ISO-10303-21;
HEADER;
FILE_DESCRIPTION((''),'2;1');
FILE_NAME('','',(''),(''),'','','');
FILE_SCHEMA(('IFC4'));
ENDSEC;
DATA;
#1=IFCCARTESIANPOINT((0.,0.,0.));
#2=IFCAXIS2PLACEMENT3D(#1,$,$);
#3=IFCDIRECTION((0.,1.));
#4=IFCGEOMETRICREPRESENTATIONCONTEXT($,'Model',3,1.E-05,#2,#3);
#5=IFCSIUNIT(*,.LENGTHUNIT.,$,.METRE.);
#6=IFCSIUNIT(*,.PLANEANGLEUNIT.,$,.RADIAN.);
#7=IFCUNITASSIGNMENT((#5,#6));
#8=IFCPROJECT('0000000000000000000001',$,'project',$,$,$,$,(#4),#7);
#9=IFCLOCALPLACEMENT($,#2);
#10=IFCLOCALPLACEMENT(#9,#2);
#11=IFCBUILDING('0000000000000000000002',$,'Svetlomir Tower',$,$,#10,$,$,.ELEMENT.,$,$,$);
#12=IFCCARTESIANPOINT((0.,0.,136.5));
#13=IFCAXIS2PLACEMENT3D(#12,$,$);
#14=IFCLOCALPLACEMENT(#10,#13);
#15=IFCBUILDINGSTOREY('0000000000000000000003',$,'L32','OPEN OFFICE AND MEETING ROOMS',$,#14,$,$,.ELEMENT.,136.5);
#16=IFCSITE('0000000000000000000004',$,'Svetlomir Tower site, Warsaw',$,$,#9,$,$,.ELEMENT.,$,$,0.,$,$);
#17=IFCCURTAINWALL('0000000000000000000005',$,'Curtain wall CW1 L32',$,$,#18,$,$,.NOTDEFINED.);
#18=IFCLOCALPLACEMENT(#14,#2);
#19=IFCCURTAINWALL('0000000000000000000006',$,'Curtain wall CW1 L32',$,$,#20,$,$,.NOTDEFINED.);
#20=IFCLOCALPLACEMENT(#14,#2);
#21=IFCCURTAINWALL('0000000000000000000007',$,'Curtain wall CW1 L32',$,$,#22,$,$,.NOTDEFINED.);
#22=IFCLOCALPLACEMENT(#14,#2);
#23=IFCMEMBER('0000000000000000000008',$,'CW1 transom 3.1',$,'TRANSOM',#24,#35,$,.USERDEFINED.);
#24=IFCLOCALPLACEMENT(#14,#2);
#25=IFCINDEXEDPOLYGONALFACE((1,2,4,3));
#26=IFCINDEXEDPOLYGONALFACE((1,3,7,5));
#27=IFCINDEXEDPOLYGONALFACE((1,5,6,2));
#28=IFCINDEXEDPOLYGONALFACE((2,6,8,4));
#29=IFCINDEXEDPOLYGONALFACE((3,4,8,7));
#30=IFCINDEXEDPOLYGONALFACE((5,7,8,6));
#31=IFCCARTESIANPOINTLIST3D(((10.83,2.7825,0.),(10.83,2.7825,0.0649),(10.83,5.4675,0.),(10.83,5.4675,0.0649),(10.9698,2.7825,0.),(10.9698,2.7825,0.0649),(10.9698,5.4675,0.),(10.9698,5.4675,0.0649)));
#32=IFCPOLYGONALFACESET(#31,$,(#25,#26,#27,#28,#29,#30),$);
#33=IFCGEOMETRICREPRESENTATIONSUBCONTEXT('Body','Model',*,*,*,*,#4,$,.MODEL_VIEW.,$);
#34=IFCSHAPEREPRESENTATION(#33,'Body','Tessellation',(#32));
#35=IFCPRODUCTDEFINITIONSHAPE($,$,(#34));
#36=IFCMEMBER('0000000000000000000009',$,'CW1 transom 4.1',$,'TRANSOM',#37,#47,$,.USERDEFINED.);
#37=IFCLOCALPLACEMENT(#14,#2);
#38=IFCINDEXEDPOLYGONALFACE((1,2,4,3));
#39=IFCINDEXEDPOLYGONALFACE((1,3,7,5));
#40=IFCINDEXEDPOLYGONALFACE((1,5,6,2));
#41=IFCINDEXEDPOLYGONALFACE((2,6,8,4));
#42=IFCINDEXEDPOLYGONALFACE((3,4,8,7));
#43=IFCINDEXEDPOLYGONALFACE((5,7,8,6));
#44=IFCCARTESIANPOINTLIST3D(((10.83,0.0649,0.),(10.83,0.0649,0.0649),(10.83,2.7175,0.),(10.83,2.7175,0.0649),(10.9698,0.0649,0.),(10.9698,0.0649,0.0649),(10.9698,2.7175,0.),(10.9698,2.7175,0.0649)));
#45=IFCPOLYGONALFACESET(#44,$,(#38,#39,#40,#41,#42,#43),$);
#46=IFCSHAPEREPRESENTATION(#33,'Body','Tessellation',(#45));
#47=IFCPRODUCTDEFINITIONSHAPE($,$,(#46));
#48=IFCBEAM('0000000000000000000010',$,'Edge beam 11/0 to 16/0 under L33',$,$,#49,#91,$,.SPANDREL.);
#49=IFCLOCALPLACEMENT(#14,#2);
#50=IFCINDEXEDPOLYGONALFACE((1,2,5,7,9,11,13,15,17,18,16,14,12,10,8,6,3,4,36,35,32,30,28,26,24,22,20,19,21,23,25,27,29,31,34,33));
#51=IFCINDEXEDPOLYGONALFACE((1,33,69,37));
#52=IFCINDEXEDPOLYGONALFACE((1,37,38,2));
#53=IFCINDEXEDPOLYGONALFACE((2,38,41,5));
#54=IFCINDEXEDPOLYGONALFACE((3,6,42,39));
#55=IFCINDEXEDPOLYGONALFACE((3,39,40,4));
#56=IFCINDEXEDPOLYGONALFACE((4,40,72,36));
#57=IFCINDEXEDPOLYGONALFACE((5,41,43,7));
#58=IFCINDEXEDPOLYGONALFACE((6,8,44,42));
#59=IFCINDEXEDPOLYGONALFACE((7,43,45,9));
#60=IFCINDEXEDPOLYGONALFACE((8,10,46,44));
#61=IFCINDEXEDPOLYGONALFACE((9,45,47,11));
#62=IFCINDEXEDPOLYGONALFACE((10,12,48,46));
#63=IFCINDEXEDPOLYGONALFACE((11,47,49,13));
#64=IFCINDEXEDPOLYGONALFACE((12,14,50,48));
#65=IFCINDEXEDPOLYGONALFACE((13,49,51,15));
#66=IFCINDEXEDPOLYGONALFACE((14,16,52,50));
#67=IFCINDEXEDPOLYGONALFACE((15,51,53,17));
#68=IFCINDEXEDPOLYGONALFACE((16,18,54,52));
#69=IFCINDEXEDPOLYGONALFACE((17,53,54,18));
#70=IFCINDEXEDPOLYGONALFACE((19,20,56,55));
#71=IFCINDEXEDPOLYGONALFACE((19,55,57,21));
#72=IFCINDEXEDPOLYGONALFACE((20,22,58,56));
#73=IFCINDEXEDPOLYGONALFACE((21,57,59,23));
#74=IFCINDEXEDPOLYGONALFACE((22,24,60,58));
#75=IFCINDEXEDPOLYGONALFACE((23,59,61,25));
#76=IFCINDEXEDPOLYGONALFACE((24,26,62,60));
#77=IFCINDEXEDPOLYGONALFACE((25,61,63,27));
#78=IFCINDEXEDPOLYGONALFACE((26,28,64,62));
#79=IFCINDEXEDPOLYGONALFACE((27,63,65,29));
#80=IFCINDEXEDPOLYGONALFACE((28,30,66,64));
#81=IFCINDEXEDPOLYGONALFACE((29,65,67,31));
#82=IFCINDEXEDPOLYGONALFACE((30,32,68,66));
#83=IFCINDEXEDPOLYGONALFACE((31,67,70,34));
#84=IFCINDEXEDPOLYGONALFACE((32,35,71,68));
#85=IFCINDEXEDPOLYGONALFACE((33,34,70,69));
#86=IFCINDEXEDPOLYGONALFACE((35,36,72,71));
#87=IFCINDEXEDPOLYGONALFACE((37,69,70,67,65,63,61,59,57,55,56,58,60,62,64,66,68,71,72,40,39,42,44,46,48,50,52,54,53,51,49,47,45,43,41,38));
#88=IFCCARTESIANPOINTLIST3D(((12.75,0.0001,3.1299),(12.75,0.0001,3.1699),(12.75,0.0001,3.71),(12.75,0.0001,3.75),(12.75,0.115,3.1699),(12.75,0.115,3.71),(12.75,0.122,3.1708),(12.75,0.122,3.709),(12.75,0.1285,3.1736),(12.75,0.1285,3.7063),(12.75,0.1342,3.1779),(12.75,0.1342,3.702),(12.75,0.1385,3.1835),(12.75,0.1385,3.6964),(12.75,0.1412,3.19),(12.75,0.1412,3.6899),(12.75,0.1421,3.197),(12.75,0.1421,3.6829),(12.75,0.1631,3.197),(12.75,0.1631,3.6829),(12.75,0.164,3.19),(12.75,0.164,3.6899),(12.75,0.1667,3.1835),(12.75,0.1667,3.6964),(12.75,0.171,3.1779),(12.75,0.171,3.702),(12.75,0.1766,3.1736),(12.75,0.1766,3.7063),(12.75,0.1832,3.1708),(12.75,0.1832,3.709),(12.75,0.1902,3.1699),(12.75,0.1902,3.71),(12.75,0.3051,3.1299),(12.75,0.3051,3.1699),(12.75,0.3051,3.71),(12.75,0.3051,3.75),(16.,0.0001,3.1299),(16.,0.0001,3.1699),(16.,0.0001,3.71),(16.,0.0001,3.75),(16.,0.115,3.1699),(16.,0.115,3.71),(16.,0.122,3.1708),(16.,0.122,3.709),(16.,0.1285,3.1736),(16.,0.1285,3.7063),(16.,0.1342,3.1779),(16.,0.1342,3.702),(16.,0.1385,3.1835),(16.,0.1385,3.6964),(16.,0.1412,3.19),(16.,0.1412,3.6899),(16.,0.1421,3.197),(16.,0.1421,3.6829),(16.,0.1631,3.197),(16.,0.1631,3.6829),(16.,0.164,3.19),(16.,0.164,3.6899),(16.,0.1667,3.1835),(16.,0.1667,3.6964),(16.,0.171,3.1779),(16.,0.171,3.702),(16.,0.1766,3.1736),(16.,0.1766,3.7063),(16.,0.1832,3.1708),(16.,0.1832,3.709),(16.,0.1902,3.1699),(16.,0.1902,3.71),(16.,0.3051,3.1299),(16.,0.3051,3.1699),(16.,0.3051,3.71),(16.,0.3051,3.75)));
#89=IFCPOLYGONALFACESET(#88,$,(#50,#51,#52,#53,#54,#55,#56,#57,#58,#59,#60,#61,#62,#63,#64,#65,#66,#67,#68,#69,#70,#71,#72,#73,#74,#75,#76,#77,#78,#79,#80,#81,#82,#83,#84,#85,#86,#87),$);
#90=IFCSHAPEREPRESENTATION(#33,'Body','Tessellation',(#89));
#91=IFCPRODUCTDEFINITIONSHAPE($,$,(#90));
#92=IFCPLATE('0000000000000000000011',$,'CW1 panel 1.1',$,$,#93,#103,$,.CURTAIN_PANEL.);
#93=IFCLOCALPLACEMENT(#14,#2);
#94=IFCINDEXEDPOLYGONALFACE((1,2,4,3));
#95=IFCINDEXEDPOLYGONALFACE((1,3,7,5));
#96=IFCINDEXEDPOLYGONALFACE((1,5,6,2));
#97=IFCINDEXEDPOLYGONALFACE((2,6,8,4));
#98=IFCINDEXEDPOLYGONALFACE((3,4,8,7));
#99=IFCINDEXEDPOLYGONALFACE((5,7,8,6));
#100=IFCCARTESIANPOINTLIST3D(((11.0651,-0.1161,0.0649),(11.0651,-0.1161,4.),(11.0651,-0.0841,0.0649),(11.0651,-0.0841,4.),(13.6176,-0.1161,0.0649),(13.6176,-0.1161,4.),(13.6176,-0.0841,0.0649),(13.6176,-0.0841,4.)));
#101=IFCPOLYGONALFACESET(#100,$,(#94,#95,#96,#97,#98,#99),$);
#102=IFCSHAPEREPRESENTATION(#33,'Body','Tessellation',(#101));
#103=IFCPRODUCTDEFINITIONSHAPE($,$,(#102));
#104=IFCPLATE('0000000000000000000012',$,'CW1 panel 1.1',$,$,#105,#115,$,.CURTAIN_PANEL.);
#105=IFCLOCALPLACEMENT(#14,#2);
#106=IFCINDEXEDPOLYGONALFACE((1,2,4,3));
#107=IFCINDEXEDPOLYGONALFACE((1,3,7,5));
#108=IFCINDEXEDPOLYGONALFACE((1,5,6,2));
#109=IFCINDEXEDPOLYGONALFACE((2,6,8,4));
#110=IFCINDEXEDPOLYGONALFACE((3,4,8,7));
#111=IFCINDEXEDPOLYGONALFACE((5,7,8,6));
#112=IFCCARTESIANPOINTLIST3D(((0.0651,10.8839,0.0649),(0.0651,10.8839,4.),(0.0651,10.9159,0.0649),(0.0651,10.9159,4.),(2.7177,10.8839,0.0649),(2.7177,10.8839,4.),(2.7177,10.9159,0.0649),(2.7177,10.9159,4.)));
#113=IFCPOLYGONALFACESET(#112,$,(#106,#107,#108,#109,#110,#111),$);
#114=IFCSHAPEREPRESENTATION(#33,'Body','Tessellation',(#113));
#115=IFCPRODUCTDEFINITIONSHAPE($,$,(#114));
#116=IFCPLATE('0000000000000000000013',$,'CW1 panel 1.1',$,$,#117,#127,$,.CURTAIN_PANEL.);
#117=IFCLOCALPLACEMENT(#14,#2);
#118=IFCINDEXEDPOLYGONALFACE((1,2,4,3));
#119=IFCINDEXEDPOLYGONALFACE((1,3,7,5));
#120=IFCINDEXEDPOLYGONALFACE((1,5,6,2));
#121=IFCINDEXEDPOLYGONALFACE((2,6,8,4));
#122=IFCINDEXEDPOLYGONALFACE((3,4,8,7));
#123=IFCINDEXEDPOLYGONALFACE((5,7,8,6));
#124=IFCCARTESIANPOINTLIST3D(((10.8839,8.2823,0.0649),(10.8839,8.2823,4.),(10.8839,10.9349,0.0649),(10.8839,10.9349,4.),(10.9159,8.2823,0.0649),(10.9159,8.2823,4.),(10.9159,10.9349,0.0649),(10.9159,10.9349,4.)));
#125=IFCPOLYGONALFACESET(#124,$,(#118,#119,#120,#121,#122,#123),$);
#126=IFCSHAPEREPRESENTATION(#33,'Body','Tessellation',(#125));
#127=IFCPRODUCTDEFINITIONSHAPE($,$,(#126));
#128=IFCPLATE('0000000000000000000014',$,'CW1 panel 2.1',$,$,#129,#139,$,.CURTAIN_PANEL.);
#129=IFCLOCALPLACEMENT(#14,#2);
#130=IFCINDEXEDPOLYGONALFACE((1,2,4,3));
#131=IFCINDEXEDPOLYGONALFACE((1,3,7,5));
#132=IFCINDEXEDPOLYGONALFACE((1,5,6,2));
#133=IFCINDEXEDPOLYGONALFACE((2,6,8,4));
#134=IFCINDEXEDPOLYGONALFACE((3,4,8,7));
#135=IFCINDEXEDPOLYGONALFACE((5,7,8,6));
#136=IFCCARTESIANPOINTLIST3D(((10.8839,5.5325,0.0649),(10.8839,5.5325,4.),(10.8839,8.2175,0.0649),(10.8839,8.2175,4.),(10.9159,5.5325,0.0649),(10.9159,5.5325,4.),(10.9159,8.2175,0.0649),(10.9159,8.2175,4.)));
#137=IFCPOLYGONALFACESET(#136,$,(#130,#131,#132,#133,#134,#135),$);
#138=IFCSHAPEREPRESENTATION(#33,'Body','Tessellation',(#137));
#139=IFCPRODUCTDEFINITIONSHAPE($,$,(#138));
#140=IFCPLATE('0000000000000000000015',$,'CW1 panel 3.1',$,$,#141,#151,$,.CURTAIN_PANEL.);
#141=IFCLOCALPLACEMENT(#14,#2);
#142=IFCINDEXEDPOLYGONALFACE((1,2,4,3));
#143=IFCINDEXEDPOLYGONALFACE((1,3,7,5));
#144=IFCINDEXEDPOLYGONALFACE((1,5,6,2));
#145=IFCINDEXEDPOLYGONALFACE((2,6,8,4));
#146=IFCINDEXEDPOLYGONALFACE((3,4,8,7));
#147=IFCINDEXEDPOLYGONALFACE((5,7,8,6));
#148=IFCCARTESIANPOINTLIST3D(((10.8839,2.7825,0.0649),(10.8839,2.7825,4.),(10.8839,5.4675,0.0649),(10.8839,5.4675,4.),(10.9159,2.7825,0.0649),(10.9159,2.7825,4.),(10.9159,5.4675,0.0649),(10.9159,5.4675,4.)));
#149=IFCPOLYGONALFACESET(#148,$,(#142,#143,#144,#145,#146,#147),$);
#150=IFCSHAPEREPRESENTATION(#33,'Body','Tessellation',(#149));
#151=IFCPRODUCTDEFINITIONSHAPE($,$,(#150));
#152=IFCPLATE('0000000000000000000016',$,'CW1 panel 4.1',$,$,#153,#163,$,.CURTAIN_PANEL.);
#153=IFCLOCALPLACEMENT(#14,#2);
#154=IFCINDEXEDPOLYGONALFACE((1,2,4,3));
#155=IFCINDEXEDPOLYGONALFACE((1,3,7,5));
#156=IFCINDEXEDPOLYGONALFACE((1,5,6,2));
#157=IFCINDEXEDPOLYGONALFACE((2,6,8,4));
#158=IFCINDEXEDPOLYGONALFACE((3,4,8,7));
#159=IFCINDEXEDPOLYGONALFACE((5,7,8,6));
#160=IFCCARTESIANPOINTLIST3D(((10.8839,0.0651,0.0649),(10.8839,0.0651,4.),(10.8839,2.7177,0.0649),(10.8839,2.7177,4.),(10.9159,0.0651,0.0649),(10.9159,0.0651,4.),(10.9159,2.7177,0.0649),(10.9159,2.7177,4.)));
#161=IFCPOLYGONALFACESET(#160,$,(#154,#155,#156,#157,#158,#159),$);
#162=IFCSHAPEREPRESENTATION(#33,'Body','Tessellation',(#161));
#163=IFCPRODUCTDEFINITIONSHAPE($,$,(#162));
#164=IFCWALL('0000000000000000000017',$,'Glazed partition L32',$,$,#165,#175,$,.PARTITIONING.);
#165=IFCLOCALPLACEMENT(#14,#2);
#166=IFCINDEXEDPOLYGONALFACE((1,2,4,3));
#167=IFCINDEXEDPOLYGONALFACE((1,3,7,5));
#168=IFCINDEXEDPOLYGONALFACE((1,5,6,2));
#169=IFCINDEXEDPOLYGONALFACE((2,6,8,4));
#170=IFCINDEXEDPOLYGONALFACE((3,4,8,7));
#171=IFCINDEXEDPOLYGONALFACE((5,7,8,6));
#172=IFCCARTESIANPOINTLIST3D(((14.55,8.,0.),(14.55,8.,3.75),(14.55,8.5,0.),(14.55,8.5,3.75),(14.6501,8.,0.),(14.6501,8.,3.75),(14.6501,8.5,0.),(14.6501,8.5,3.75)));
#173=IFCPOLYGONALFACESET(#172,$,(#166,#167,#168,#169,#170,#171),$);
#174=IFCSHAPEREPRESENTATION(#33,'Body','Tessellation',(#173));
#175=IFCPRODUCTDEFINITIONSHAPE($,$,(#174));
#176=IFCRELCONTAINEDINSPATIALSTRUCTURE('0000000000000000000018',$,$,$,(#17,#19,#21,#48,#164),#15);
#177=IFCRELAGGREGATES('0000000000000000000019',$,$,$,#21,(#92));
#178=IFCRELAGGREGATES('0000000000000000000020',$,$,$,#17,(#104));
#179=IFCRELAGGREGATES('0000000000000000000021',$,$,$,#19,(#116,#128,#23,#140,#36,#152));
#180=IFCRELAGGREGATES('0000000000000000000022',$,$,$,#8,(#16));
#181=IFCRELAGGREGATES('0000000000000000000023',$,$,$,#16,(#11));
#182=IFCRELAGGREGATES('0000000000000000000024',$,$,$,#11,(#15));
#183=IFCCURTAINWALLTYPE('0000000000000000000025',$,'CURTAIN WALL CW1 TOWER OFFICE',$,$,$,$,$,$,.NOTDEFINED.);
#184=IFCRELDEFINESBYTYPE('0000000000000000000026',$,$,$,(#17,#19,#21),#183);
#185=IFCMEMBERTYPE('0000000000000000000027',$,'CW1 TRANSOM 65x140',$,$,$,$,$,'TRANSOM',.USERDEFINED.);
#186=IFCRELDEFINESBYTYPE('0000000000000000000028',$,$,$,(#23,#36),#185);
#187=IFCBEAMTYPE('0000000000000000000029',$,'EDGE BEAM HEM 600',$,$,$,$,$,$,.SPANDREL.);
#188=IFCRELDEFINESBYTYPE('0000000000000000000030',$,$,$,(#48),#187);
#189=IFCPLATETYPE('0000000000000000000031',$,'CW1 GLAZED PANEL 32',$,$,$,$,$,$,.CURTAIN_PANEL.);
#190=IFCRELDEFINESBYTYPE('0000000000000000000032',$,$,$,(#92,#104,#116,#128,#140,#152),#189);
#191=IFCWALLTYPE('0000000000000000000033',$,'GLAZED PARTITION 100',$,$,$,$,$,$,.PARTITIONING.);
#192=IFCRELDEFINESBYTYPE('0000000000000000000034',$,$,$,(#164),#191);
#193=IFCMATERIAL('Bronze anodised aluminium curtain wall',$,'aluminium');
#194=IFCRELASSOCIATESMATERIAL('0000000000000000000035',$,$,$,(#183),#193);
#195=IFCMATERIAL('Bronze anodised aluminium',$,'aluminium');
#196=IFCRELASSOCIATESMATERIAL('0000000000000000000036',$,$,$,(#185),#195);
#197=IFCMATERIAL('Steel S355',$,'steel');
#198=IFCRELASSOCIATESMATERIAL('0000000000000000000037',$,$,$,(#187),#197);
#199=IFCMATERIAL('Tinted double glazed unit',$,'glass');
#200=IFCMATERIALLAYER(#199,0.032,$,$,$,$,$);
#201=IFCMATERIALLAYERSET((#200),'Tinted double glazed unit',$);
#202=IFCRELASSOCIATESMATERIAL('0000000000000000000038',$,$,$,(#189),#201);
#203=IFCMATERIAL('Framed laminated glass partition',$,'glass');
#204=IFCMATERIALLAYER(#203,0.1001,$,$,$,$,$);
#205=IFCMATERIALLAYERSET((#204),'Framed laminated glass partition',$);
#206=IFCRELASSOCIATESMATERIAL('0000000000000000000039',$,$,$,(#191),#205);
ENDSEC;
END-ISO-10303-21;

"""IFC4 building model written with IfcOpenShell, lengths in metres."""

from ifc_helpers import new_model, si_unit, direction, frame, frame_2d, origin, origin_2d, place, context, subcontext, project, spatial, rectangle, i_section, extrude, material, layer, layer_set, material_profile, profile_set, type_object, element, aggregate, save


model = new_model("IFC4")

# Units and contexts
model_context = context("Model", 3, precision=1e-05, world=origin(), true_north=direction((0.0, 1.0)))
body_context = subcontext(model_context, "Body", "Model", "MODEL_VIEW")
ifc_project = project(units=[si_unit("LENGTHUNIT", "METRE"), si_unit("PLANEANGLEUNIT", "RADIAN")], contexts=[model_context])

# Site, building, storey
site_placement = place(None, origin())
site = spatial("IfcSite", under=ifc_project, at=site_placement, Name="Svetlomir Tower site, Warsaw", CompositionType="ELEMENT", RefElevation=0.0)
building_placement = place(site_placement, origin())
building = spatial("IfcBuilding", under=site, at=building_placement, Name="Svetlomir Tower", CompositionType="ELEMENT")
storey_placement = place(building_placement, frame((0.0, 0.0, 136.5)))
storey = spatial("IfcBuildingStorey", under=building, at=storey_placement, Name="L32", Description="OPEN OFFICE AND MEETING ROOMS", CompositionType="ELEMENT", Elevation=136.5)

# Curtain walls
ifc_material_1 = material(Name="Bronze anodised aluminium curtain wall", Category="aluminium")
curtain_wall_type = type_object("IfcCurtainWallType", Name="CURTAIN WALL CW1 TOWER OFFICE", PredefinedType="NOTDEFINED", material=ifc_material_1)
curtain_wall_1_placement = place(storey_placement, origin())
curtain_wall_1 = element("IfcCurtainWall", 1, at=curtain_wall_1_placement, inside=storey, type_object=curtain_wall_type, Name="Curtain wall CW1 L32", PredefinedType="NOTDEFINED")
curtain_wall_2_placement = place(storey_placement, origin())
curtain_wall_2 = element("IfcCurtainWall", 2, at=curtain_wall_2_placement, inside=storey, type_object=curtain_wall_type, Name="Curtain wall CW1 L32", PredefinedType="NOTDEFINED")

# Curtain wall
curtain_wall_3_placement = place(storey_placement, origin())
curtain_wall_3 = element("IfcCurtainWall", 3, at=curtain_wall_3_placement, inside=storey, type_object=curtain_wall_type, Name="Curtain wall CW1 L32", PredefinedType="NOTDEFINED")

# Members
ifc_material_2 = material(Name="Bronze anodised aluminium", Category="aluminium")
ifc_material_profile_1 = material_profile(ifc_material_2, rectangle(XDim=0.1399, YDim=0.0649, at=origin_2d()), Name="AL 140x65")
ifc_profile_set_1 = profile_set([ifc_material_profile_1], Name="Bronze anodised aluminium 6063-T6")
member_type_1 = type_object("IfcMemberType", Name="CW1 TRANSOM 65x140", ElementType="TRANSOM", PredefinedType="USERDEFINED", material=ifc_profile_set_1)
member_1_placement = place(storey_placement, frame((10.8999, 5.4675, 0.0325), z_axis=(0.0, -1.0, 0.0), x_axis=(1.0, 0.0, 0.0)))
member_1 = element("IfcMember", 4, at=member_1_placement, type_object=member_type_1, Name="CW1 transom 3.1", ObjectType="TRANSOM", PredefinedType="USERDEFINED", context=body_context, shape_type="SweptSolid", body=[
    extrude(rectangle(XDim=0.1399, YDim=0.0649, at=origin_2d()), origin(), (0.0, 0.0, 1.0), 2.6851),
])
member_2_placement = place(storey_placement, frame((10.8999, 2.7175, 0.0325), z_axis=(0.0, -1.0, 0.0), x_axis=(1.0, 0.0, 0.0)))
member_2 = element("IfcMember", 5, at=member_2_placement, type_object=member_type_1, Name="CW1 transom 4.1", ObjectType="TRANSOM", PredefinedType="USERDEFINED", context=body_context, shape_type="SweptSolid", body=[
    extrude(rectangle(XDim=0.1399, YDim=0.0649, at=origin_2d()), origin(), (0.0, 0.0, 1.0), 2.6526),
])

# Beam
ifc_material_3 = material(Name="Steel S355", Category="steel")
ifc_material_profile_2 = material_profile(ifc_material_3, i_section(OverallWidth=0.3049, OverallDepth=0.6201, WebThickness=0.021, FlangeThickness=0.04, FilletRadius=0.0271, at=origin_2d()), Name="HEM 600")
ifc_profile_set_2 = profile_set([ifc_material_profile_2], Name="Steel S355")
beam_type = type_object("IfcBeamType", Name="EDGE BEAM HEM 600", PredefinedType="SPANDREL", material=ifc_profile_set_2)
beam_placement = place(storey_placement, frame((12.75, 0.1526, 3.4399), z_axis=(1.0, 0.0, 0.0), x_axis=(0.0, 1.0, 0.0)))
element("IfcBeam", 6, at=beam_placement, inside=storey, type_object=beam_type, Name="Edge beam 11/0 to 16/0 under L33", PredefinedType="SPANDREL", context=body_context, shape_type="SweptSolid", body=[
    extrude(i_section(OverallWidth=0.3049, OverallDepth=0.6201, WebThickness=0.021, FlangeThickness=0.04, FilletRadius=0.0271, at=origin_2d()), origin(), (0.0, 0.0, 1.0), 3.25),
])

# Plates
ifc_material_4 = material(Name="Tinted double glazed unit", Category="glass")
ifc_layer_1 = layer(ifc_material_4, 0.032)
ifc_layer_set_1 = layer_set([ifc_layer_1], Name="Tinted double glazed unit")
plate_type = type_object("IfcPlateType", Name="CW1 GLAZED PANEL 32", PredefinedType="CURTAIN_PANEL", material=ifc_layer_set_1)
plate_1_placement = place(storey_placement, frame((12.3413, -0.1001, 0.0649), z_axis=(0.0, 0.0, 1.0), x_axis=(1.0, 0.0, 0.0)))
plate_1 = element("IfcPlate", 7, at=plate_1_placement, type_object=plate_type, Name="CW1 panel 1.1", PredefinedType="CURTAIN_PANEL", context=body_context, shape_type="SweptSolid", body=[
    extrude(rectangle(XDim=2.5525, YDim=0.032, at=origin_2d()), origin(), (0.0, 0.0, 1.0), 3.9351),
])
aggregate(curtain_wall_3, [plate_1])
plate_2_placement = place(storey_placement, frame((1.3914, 10.8999, 0.0649), z_axis=(0.0, 0.0, 1.0), x_axis=(1.0, 0.0, 0.0)))
plate_2 = element("IfcPlate", 8, at=plate_2_placement, type_object=plate_type, Name="CW1 panel 1.1", PredefinedType="CURTAIN_PANEL", context=body_context, shape_type="SweptSolid", body=[
    extrude(rectangle(XDim=2.6526, YDim=0.032, at=origin_2d()), origin(), (0.0, 0.0, 1.0), 3.9351),
])
aggregate(curtain_wall_1, [plate_2])
plate_3_placement = place(storey_placement, frame((10.8999, 9.6086, 0.0649), z_axis=(0.0, 0.0, 1.0), x_axis=(0.0, -1.0, 0.0)))
plate_3 = element("IfcPlate", 9, at=plate_3_placement, type_object=plate_type, Name="CW1 panel 1.1", PredefinedType="CURTAIN_PANEL", context=body_context, shape_type="SweptSolid", body=[
    extrude(rectangle(XDim=2.6526, YDim=0.032, at=origin_2d()), origin(), (0.0, 0.0, 1.0), 3.9351),
])
plate_4_placement = place(storey_placement, frame((10.8999, 6.875, 0.0649), z_axis=(0.0, 0.0, 1.0), x_axis=(0.0, -1.0, 0.0)))
plate_4 = element("IfcPlate", 10, at=plate_4_placement, type_object=plate_type, Name="CW1 panel 2.1", PredefinedType="CURTAIN_PANEL", context=body_context, shape_type="SweptSolid", body=[
    extrude(rectangle(XDim=2.6851, YDim=0.032, at=origin_2d()), origin(), (0.0, 0.0, 1.0), 3.9351),
])
plate_5_placement = place(storey_placement, frame((10.8999, 4.125, 0.0649), z_axis=(0.0, 0.0, 1.0), x_axis=(0.0, -1.0, 0.0)))
plate_5 = element("IfcPlate", 11, at=plate_5_placement, type_object=plate_type, Name="CW1 panel 3.1", PredefinedType="CURTAIN_PANEL", context=body_context, shape_type="SweptSolid", body=[
    extrude(rectangle(XDim=2.6851, YDim=0.032, at=origin_2d()), origin(), (0.0, 0.0, 1.0), 3.9351),
])
plate_6_placement = place(storey_placement, frame((10.8999, 1.3914, 0.0649), z_axis=(0.0, 0.0, 1.0), x_axis=(0.0, -1.0, 0.0)))
plate_6 = element("IfcPlate", 12, at=plate_6_placement, type_object=plate_type, Name="CW1 panel 4.1", PredefinedType="CURTAIN_PANEL", context=body_context, shape_type="SweptSolid", body=[
    extrude(rectangle(XDim=2.6526, YDim=0.032, at=origin_2d()), origin(), (0.0, 0.0, 1.0), 3.9351),
])
aggregate(curtain_wall_2, [plate_3, plate_4, member_1, plate_5, member_2, plate_6])

# Wall
ifc_material_5 = material(Name="Framed laminated glass partition", Category="glass")
ifc_layer_2 = layer(ifc_material_5, 0.1001)
ifc_layer_set_2 = layer_set([ifc_layer_2], Name="Framed laminated glass partition")
wall_type_1 = type_object("IfcWallType", Name="GLAZED PARTITION 100", PredefinedType="PARTITIONING", material=ifc_layer_set_2)
wall_1_placement = place(storey_placement, frame((14.6001, 8.0, 0.0), z_axis=(0.0, 0.0, 1.0), x_axis=(0.0, 1.0, 0.0)))
element("IfcWall", 13, at=wall_1_placement, inside=storey, type_object=wall_type_1, Name="Glazed partition L32", PredefinedType="PARTITIONING", context=body_context, shape_type="SweptSolid", body=[
    extrude(rectangle(XDim=0.5, YDim=0.1001, at=frame_2d((0.25, 0.0))), origin(), (0.0, 0.0, 1.0), 3.75),
])

save(model, "model.ifc")
